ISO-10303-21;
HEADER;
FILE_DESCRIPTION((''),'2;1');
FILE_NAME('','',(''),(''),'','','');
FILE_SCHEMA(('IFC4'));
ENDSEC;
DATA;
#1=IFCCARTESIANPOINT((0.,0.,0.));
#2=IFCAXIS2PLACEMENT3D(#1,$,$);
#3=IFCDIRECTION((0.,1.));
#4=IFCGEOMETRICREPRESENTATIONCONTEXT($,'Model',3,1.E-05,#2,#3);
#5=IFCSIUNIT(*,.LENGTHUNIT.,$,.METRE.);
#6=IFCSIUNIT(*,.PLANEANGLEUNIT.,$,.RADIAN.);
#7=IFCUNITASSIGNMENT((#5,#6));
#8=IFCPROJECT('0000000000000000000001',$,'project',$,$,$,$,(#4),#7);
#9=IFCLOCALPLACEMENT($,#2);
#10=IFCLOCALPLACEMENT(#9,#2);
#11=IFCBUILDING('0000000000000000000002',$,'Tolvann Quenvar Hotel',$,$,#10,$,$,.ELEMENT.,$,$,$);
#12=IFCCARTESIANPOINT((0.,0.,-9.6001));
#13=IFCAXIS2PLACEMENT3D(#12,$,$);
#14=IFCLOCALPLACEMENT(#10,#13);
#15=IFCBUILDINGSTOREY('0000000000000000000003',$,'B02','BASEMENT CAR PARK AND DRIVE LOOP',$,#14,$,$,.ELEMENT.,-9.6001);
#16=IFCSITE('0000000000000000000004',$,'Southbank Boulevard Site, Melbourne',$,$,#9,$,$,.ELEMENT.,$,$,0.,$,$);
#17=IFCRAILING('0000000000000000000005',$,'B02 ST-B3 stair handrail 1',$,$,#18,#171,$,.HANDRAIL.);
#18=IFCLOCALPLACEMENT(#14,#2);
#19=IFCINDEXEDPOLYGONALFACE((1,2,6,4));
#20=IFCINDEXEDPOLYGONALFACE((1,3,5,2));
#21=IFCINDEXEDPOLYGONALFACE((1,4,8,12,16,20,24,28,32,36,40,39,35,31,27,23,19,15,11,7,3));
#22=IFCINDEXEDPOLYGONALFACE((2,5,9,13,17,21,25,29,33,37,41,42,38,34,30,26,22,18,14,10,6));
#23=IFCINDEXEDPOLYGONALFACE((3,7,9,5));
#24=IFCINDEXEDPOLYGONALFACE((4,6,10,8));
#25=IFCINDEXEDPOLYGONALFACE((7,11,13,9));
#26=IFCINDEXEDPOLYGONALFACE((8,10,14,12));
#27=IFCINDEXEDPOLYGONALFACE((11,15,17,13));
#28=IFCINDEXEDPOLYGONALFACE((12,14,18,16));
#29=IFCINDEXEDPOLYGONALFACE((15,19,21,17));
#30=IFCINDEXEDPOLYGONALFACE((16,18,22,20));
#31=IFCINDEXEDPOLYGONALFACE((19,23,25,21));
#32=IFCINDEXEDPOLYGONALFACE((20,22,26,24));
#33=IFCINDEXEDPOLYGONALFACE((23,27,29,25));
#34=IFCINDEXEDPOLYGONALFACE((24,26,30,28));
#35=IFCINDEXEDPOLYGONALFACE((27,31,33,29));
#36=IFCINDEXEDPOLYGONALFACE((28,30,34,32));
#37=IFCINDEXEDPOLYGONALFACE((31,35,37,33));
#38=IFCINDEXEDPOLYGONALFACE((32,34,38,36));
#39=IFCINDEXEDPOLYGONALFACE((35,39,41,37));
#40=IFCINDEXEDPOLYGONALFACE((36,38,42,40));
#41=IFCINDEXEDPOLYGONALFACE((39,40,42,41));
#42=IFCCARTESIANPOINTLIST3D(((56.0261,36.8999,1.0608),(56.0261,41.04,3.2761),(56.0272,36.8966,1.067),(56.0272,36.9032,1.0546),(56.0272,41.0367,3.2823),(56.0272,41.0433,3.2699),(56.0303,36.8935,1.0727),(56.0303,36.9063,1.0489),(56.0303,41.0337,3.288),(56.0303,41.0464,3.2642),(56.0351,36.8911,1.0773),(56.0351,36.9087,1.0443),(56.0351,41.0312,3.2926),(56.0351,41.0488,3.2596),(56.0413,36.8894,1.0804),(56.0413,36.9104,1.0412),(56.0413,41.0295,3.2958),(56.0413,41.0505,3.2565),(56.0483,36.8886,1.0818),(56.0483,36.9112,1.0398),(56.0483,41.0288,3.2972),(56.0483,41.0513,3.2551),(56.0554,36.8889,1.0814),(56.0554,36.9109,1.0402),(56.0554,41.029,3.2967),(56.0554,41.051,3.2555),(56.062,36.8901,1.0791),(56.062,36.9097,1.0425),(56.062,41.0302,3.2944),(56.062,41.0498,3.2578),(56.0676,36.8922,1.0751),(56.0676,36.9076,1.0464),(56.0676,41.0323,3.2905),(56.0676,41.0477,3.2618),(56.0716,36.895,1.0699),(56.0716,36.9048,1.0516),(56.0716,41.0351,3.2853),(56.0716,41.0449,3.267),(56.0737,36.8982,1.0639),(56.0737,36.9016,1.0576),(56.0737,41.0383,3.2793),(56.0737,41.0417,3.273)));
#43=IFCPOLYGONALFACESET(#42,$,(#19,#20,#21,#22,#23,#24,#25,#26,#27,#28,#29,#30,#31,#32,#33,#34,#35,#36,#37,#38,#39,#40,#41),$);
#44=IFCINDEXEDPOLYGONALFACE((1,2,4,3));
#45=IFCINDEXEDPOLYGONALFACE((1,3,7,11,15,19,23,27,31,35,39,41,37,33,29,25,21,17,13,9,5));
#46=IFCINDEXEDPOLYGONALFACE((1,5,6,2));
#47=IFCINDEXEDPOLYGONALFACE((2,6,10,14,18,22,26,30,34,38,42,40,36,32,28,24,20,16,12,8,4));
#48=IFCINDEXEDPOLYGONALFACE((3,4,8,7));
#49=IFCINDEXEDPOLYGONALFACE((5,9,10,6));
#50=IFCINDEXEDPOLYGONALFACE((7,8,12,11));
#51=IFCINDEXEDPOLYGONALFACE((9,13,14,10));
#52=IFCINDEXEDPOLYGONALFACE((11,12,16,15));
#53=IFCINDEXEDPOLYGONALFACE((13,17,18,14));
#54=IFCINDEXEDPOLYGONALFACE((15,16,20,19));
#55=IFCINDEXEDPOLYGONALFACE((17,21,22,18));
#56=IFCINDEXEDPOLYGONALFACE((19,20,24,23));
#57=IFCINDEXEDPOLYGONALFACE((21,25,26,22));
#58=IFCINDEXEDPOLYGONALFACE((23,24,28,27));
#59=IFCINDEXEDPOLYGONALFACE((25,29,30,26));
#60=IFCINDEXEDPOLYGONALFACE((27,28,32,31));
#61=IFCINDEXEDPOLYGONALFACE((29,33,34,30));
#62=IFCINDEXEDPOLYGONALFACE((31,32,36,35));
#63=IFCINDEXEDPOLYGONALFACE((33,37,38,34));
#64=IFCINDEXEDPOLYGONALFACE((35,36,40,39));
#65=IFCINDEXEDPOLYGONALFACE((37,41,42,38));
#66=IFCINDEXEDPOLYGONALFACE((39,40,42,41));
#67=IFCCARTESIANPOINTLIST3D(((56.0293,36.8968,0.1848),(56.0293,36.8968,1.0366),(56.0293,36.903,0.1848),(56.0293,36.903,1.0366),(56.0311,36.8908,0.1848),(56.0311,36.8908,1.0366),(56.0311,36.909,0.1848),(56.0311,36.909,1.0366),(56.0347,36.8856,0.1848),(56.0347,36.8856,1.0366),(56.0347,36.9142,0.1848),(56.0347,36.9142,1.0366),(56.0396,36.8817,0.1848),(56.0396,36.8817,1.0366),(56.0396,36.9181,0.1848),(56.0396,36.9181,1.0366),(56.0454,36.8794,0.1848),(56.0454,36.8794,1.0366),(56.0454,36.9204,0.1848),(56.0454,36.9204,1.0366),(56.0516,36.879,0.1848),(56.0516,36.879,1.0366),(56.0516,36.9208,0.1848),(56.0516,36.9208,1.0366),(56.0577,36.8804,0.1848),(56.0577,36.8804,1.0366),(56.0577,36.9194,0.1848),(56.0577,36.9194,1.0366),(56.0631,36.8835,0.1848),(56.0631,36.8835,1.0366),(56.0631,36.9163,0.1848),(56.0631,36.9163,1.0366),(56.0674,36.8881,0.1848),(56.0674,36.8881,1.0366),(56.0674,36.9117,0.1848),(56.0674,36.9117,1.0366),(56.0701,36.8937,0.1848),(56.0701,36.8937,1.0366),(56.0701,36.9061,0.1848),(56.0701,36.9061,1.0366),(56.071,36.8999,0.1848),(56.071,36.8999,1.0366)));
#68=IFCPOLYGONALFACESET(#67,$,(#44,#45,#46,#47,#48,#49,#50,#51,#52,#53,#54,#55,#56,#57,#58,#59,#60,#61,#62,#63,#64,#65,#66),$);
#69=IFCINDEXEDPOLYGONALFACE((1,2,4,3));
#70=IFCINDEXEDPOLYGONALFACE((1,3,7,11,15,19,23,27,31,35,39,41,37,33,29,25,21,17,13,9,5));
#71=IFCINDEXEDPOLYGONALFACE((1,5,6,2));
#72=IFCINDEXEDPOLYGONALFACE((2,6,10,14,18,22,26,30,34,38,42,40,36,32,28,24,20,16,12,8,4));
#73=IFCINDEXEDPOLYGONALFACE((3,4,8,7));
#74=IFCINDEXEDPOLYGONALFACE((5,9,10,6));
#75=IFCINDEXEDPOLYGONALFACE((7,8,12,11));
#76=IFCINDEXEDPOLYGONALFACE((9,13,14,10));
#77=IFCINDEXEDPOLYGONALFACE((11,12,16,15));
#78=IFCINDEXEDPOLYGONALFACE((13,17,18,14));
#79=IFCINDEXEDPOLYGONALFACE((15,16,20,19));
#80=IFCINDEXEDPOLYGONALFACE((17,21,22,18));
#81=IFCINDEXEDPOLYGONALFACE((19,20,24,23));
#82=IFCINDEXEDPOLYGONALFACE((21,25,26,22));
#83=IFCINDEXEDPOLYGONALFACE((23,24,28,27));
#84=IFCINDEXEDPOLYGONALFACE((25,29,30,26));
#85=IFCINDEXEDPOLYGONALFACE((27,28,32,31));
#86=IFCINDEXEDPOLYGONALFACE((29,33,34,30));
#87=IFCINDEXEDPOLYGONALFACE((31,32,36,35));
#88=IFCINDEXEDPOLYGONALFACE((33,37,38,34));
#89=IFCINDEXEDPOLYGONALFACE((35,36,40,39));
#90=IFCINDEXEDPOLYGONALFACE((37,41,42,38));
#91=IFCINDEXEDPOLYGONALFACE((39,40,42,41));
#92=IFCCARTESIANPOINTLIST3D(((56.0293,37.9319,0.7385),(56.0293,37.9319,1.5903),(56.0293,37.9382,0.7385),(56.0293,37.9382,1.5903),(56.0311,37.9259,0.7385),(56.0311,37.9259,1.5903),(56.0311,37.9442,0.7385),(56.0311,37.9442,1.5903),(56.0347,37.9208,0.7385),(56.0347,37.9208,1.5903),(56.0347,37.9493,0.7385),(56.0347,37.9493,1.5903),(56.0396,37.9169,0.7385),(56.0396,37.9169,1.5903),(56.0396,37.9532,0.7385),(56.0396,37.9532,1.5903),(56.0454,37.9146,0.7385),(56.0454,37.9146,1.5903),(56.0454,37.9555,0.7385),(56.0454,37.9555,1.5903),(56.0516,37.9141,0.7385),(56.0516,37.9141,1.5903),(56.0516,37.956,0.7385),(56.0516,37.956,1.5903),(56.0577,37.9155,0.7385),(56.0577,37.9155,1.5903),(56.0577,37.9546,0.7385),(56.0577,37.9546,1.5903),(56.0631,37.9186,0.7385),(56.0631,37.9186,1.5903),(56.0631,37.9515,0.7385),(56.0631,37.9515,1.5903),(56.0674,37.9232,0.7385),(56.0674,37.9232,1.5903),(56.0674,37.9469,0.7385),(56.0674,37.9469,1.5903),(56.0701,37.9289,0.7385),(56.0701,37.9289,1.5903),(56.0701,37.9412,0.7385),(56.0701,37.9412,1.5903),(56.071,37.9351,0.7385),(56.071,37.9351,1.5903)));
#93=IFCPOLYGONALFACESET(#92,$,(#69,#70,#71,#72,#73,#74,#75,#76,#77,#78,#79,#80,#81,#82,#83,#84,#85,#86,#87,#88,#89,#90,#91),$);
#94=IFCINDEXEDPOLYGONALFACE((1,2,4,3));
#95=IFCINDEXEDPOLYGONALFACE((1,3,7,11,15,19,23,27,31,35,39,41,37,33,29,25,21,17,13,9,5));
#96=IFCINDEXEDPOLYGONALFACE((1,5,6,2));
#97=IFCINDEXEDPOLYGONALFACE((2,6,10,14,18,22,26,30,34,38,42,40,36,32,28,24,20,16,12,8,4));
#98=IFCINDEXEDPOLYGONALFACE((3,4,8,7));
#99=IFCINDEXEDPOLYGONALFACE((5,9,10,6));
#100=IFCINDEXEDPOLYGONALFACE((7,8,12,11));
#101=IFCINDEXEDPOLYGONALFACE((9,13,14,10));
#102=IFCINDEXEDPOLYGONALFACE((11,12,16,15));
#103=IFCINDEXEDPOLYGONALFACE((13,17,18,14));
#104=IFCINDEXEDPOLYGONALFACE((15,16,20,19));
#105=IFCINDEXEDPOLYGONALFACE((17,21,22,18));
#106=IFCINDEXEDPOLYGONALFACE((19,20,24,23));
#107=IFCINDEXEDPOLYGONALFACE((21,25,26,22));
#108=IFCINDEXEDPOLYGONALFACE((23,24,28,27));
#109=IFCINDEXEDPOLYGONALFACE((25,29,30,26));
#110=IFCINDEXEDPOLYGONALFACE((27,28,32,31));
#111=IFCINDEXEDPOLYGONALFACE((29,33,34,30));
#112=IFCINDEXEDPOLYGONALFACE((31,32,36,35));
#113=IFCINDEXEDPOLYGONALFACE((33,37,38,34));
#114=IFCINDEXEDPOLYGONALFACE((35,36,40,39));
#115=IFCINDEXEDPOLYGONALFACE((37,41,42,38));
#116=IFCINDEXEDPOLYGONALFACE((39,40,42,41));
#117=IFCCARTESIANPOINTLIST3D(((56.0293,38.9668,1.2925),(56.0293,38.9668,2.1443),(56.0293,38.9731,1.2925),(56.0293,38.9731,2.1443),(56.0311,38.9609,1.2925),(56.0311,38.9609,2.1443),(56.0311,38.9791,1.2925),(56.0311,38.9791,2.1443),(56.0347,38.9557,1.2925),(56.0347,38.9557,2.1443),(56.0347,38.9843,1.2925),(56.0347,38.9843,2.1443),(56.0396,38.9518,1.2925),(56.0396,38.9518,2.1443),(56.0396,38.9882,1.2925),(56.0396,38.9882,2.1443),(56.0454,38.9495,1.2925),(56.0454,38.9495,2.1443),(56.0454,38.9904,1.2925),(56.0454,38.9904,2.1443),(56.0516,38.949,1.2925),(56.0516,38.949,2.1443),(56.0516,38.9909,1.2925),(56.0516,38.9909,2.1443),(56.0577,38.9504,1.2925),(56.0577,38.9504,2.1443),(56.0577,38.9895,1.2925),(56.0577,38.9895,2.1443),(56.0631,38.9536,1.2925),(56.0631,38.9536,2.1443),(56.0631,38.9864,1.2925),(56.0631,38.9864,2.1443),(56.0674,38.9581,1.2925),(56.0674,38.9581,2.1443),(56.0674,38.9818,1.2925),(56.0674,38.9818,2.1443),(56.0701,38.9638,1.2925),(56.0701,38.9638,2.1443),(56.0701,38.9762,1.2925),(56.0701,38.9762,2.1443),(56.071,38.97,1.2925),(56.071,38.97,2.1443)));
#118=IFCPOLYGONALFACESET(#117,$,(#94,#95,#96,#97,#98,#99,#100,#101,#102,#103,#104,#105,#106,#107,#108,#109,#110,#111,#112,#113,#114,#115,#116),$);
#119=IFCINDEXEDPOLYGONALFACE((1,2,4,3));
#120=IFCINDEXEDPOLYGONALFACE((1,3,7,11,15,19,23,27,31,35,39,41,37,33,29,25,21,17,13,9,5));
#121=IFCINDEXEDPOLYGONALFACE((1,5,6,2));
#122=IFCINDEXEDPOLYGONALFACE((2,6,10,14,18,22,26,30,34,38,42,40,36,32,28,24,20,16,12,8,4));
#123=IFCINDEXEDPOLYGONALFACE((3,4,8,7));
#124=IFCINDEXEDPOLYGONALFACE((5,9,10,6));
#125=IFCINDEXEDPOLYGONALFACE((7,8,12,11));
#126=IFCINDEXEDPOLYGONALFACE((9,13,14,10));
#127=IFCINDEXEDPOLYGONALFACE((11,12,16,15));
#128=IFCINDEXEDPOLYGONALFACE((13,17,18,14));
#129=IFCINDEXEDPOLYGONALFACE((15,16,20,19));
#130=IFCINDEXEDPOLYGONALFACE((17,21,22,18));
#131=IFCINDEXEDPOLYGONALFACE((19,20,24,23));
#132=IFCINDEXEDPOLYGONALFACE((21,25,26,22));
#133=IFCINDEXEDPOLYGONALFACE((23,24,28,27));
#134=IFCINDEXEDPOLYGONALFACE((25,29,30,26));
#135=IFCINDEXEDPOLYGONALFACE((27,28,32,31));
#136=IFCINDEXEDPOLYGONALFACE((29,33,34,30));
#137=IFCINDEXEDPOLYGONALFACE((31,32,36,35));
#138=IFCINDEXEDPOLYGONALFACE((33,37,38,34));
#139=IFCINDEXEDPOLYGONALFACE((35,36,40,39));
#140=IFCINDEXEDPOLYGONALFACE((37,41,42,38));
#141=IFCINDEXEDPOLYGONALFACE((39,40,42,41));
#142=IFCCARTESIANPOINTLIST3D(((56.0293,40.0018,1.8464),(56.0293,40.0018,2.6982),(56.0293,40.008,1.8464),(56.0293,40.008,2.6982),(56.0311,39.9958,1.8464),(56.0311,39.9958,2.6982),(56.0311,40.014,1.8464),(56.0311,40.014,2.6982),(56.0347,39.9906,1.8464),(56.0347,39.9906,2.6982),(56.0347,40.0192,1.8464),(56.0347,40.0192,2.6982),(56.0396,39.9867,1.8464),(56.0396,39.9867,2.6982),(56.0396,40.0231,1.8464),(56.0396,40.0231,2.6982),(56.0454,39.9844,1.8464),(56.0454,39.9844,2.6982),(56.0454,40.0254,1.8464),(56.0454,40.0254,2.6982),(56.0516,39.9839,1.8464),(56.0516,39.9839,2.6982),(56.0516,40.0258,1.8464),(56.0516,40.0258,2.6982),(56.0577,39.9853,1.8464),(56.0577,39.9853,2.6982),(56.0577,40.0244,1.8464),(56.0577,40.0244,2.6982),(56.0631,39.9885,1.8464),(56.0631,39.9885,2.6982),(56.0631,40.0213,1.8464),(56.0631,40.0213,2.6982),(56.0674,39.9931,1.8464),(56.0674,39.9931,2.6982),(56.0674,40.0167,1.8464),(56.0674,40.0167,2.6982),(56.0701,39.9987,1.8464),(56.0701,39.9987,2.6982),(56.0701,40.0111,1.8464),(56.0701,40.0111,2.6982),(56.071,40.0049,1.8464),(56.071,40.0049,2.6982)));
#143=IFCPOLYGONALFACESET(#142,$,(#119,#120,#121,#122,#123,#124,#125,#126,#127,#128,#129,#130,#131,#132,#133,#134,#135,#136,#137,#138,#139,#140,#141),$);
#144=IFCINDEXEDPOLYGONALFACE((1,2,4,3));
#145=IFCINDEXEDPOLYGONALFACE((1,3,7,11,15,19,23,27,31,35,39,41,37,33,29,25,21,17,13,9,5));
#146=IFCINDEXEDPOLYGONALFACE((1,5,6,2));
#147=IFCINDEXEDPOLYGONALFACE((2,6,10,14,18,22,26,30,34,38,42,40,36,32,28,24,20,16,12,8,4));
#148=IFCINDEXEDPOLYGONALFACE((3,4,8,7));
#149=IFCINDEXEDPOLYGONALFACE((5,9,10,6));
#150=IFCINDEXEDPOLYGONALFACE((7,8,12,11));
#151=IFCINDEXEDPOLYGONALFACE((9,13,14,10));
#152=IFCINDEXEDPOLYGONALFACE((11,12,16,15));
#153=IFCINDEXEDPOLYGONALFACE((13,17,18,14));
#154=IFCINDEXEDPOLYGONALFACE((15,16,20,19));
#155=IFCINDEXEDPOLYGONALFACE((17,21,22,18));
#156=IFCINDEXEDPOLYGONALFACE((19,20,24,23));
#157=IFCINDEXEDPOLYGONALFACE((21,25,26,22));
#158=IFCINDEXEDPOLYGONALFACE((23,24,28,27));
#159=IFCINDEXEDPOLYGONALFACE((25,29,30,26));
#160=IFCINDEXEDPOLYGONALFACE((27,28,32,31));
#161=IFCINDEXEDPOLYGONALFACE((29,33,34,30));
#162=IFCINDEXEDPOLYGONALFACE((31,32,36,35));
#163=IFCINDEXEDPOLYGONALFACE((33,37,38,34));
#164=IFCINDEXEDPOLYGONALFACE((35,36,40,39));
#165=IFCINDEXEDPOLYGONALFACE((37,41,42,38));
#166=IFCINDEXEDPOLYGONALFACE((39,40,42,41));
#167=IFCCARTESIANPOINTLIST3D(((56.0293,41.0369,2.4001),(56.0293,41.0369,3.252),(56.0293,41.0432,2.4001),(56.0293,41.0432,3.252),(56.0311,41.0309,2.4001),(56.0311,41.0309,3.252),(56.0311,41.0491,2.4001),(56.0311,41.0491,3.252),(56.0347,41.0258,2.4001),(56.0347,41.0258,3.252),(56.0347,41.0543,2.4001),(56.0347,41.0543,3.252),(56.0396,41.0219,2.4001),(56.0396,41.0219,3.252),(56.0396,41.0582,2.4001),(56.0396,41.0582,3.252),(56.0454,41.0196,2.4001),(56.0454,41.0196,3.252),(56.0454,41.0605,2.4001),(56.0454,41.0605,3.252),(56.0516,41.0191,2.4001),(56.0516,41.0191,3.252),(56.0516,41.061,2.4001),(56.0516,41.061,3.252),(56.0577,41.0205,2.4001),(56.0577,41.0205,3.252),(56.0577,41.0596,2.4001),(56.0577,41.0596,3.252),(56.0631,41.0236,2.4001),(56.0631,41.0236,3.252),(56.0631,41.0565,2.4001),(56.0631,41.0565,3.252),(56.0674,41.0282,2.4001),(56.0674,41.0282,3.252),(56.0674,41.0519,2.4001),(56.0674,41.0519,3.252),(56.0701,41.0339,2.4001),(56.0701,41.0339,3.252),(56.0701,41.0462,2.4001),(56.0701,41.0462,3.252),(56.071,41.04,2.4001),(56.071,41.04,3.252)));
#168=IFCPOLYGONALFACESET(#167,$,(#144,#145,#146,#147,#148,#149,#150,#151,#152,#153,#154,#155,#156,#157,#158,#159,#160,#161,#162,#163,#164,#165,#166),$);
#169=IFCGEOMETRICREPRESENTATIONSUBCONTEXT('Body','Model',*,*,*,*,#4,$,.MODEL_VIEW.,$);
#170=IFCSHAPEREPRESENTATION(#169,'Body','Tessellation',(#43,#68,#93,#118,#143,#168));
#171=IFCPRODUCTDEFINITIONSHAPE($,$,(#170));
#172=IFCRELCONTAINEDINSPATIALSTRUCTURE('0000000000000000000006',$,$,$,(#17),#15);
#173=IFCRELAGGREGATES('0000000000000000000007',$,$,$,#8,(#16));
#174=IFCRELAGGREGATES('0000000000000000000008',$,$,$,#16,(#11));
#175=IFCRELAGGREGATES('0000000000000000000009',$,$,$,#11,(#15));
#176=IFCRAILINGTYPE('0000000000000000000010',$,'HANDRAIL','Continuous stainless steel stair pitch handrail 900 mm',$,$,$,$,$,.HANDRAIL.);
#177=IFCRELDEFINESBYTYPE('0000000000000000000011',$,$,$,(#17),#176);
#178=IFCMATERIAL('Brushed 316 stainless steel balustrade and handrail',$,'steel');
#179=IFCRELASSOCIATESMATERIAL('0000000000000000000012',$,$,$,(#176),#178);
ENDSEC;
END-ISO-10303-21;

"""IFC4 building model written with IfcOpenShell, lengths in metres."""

from ifc_helpers import new_model, si_unit, direction, frame, origin, origin_2d, place, context, subcontext, project, spatial, circle, extrude, material, type_object, element, save


model = new_model("IFC4")

# Units and contexts
model_context = context("Model", 3, precision=1e-05, world=origin(), true_north=direction((0.0, 1.0)))
body_context = subcontext(model_context, "Body", "Model", "MODEL_VIEW")
ifc_project = project(units=[si_unit("LENGTHUNIT", "METRE"), si_unit("PLANEANGLEUNIT", "RADIAN")], contexts=[model_context])

# Site, building, storey
site_placement = place(None, origin())
site = spatial("IfcSite", under=ifc_project, at=site_placement, Name="Southbank Boulevard Site, Melbourne", CompositionType="ELEMENT", RefElevation=0.0)
building_placement = place(site_placement, origin())
building = spatial("IfcBuilding", under=site, at=building_placement, Name="Tolvann Quenvar Hotel", CompositionType="ELEMENT")
storey_placement = place(building_placement, frame((0.0, 0.0, -9.6001)))
storey = spatial("IfcBuildingStorey", under=building, at=storey_placement, Name="B02", Description="BASEMENT CAR PARK AND DRIVE LOOP", CompositionType="ELEMENT", Elevation=-9.6001)

# Railing
ifc_material_1 = material(Name="Brushed 316 stainless steel balustrade and handrail", Category="steel")
railing_type_1 = type_object("IfcRailingType", Name="HANDRAIL", Description="Continuous stainless steel stair pitch handrail 900 mm", PredefinedType="HANDRAIL", material=ifc_material_1)
railing_1_placement = place(storey_placement, frame((56.05, 36.8999, 0.1848)))
element("IfcRailing", 1, at=railing_1_placement, inside=storey, type_object=railing_type_1, Name="B02 ST-B3 stair handrail 1", PredefinedType="HANDRAIL", context=body_context, shape_type="SweptSolid", body=[
    extrude(circle(Radius=0.0239, at=origin_2d()), frame((0.0, 0.0, 0.876), z_axis=(0.0, 0.88171, 0.471791), x_axis=(-1.0, 0.0, 0.0)), (0.0, 0.0, 1.0), 4.6956),
    extrude(circle(Radius=0.021, at=origin_2d()), origin(), (0.0, 0.0, 1.0), 0.8518),
    extrude(circle(Radius=0.021, at=origin_2d()), frame((0.0, 1.0352, 0.5537)), (0.0, 0.0, 1.0), 0.8518),
    extrude(circle(Radius=0.021, at=origin_2d()), frame((0.0, 2.0701, 1.1077)), (0.0, 0.0, 1.0), 0.8518),
    extrude(circle(Radius=0.021, at=origin_2d()), frame((0.0, 3.105, 1.6616)), (0.0, 0.0, 1.0), 0.8518),
    extrude(circle(Radius=0.021, at=origin_2d()), frame((0.0, 4.1401, 2.2153)), (0.0, 0.0, 1.0), 0.8518),
])

save(model, "model.ifc")
